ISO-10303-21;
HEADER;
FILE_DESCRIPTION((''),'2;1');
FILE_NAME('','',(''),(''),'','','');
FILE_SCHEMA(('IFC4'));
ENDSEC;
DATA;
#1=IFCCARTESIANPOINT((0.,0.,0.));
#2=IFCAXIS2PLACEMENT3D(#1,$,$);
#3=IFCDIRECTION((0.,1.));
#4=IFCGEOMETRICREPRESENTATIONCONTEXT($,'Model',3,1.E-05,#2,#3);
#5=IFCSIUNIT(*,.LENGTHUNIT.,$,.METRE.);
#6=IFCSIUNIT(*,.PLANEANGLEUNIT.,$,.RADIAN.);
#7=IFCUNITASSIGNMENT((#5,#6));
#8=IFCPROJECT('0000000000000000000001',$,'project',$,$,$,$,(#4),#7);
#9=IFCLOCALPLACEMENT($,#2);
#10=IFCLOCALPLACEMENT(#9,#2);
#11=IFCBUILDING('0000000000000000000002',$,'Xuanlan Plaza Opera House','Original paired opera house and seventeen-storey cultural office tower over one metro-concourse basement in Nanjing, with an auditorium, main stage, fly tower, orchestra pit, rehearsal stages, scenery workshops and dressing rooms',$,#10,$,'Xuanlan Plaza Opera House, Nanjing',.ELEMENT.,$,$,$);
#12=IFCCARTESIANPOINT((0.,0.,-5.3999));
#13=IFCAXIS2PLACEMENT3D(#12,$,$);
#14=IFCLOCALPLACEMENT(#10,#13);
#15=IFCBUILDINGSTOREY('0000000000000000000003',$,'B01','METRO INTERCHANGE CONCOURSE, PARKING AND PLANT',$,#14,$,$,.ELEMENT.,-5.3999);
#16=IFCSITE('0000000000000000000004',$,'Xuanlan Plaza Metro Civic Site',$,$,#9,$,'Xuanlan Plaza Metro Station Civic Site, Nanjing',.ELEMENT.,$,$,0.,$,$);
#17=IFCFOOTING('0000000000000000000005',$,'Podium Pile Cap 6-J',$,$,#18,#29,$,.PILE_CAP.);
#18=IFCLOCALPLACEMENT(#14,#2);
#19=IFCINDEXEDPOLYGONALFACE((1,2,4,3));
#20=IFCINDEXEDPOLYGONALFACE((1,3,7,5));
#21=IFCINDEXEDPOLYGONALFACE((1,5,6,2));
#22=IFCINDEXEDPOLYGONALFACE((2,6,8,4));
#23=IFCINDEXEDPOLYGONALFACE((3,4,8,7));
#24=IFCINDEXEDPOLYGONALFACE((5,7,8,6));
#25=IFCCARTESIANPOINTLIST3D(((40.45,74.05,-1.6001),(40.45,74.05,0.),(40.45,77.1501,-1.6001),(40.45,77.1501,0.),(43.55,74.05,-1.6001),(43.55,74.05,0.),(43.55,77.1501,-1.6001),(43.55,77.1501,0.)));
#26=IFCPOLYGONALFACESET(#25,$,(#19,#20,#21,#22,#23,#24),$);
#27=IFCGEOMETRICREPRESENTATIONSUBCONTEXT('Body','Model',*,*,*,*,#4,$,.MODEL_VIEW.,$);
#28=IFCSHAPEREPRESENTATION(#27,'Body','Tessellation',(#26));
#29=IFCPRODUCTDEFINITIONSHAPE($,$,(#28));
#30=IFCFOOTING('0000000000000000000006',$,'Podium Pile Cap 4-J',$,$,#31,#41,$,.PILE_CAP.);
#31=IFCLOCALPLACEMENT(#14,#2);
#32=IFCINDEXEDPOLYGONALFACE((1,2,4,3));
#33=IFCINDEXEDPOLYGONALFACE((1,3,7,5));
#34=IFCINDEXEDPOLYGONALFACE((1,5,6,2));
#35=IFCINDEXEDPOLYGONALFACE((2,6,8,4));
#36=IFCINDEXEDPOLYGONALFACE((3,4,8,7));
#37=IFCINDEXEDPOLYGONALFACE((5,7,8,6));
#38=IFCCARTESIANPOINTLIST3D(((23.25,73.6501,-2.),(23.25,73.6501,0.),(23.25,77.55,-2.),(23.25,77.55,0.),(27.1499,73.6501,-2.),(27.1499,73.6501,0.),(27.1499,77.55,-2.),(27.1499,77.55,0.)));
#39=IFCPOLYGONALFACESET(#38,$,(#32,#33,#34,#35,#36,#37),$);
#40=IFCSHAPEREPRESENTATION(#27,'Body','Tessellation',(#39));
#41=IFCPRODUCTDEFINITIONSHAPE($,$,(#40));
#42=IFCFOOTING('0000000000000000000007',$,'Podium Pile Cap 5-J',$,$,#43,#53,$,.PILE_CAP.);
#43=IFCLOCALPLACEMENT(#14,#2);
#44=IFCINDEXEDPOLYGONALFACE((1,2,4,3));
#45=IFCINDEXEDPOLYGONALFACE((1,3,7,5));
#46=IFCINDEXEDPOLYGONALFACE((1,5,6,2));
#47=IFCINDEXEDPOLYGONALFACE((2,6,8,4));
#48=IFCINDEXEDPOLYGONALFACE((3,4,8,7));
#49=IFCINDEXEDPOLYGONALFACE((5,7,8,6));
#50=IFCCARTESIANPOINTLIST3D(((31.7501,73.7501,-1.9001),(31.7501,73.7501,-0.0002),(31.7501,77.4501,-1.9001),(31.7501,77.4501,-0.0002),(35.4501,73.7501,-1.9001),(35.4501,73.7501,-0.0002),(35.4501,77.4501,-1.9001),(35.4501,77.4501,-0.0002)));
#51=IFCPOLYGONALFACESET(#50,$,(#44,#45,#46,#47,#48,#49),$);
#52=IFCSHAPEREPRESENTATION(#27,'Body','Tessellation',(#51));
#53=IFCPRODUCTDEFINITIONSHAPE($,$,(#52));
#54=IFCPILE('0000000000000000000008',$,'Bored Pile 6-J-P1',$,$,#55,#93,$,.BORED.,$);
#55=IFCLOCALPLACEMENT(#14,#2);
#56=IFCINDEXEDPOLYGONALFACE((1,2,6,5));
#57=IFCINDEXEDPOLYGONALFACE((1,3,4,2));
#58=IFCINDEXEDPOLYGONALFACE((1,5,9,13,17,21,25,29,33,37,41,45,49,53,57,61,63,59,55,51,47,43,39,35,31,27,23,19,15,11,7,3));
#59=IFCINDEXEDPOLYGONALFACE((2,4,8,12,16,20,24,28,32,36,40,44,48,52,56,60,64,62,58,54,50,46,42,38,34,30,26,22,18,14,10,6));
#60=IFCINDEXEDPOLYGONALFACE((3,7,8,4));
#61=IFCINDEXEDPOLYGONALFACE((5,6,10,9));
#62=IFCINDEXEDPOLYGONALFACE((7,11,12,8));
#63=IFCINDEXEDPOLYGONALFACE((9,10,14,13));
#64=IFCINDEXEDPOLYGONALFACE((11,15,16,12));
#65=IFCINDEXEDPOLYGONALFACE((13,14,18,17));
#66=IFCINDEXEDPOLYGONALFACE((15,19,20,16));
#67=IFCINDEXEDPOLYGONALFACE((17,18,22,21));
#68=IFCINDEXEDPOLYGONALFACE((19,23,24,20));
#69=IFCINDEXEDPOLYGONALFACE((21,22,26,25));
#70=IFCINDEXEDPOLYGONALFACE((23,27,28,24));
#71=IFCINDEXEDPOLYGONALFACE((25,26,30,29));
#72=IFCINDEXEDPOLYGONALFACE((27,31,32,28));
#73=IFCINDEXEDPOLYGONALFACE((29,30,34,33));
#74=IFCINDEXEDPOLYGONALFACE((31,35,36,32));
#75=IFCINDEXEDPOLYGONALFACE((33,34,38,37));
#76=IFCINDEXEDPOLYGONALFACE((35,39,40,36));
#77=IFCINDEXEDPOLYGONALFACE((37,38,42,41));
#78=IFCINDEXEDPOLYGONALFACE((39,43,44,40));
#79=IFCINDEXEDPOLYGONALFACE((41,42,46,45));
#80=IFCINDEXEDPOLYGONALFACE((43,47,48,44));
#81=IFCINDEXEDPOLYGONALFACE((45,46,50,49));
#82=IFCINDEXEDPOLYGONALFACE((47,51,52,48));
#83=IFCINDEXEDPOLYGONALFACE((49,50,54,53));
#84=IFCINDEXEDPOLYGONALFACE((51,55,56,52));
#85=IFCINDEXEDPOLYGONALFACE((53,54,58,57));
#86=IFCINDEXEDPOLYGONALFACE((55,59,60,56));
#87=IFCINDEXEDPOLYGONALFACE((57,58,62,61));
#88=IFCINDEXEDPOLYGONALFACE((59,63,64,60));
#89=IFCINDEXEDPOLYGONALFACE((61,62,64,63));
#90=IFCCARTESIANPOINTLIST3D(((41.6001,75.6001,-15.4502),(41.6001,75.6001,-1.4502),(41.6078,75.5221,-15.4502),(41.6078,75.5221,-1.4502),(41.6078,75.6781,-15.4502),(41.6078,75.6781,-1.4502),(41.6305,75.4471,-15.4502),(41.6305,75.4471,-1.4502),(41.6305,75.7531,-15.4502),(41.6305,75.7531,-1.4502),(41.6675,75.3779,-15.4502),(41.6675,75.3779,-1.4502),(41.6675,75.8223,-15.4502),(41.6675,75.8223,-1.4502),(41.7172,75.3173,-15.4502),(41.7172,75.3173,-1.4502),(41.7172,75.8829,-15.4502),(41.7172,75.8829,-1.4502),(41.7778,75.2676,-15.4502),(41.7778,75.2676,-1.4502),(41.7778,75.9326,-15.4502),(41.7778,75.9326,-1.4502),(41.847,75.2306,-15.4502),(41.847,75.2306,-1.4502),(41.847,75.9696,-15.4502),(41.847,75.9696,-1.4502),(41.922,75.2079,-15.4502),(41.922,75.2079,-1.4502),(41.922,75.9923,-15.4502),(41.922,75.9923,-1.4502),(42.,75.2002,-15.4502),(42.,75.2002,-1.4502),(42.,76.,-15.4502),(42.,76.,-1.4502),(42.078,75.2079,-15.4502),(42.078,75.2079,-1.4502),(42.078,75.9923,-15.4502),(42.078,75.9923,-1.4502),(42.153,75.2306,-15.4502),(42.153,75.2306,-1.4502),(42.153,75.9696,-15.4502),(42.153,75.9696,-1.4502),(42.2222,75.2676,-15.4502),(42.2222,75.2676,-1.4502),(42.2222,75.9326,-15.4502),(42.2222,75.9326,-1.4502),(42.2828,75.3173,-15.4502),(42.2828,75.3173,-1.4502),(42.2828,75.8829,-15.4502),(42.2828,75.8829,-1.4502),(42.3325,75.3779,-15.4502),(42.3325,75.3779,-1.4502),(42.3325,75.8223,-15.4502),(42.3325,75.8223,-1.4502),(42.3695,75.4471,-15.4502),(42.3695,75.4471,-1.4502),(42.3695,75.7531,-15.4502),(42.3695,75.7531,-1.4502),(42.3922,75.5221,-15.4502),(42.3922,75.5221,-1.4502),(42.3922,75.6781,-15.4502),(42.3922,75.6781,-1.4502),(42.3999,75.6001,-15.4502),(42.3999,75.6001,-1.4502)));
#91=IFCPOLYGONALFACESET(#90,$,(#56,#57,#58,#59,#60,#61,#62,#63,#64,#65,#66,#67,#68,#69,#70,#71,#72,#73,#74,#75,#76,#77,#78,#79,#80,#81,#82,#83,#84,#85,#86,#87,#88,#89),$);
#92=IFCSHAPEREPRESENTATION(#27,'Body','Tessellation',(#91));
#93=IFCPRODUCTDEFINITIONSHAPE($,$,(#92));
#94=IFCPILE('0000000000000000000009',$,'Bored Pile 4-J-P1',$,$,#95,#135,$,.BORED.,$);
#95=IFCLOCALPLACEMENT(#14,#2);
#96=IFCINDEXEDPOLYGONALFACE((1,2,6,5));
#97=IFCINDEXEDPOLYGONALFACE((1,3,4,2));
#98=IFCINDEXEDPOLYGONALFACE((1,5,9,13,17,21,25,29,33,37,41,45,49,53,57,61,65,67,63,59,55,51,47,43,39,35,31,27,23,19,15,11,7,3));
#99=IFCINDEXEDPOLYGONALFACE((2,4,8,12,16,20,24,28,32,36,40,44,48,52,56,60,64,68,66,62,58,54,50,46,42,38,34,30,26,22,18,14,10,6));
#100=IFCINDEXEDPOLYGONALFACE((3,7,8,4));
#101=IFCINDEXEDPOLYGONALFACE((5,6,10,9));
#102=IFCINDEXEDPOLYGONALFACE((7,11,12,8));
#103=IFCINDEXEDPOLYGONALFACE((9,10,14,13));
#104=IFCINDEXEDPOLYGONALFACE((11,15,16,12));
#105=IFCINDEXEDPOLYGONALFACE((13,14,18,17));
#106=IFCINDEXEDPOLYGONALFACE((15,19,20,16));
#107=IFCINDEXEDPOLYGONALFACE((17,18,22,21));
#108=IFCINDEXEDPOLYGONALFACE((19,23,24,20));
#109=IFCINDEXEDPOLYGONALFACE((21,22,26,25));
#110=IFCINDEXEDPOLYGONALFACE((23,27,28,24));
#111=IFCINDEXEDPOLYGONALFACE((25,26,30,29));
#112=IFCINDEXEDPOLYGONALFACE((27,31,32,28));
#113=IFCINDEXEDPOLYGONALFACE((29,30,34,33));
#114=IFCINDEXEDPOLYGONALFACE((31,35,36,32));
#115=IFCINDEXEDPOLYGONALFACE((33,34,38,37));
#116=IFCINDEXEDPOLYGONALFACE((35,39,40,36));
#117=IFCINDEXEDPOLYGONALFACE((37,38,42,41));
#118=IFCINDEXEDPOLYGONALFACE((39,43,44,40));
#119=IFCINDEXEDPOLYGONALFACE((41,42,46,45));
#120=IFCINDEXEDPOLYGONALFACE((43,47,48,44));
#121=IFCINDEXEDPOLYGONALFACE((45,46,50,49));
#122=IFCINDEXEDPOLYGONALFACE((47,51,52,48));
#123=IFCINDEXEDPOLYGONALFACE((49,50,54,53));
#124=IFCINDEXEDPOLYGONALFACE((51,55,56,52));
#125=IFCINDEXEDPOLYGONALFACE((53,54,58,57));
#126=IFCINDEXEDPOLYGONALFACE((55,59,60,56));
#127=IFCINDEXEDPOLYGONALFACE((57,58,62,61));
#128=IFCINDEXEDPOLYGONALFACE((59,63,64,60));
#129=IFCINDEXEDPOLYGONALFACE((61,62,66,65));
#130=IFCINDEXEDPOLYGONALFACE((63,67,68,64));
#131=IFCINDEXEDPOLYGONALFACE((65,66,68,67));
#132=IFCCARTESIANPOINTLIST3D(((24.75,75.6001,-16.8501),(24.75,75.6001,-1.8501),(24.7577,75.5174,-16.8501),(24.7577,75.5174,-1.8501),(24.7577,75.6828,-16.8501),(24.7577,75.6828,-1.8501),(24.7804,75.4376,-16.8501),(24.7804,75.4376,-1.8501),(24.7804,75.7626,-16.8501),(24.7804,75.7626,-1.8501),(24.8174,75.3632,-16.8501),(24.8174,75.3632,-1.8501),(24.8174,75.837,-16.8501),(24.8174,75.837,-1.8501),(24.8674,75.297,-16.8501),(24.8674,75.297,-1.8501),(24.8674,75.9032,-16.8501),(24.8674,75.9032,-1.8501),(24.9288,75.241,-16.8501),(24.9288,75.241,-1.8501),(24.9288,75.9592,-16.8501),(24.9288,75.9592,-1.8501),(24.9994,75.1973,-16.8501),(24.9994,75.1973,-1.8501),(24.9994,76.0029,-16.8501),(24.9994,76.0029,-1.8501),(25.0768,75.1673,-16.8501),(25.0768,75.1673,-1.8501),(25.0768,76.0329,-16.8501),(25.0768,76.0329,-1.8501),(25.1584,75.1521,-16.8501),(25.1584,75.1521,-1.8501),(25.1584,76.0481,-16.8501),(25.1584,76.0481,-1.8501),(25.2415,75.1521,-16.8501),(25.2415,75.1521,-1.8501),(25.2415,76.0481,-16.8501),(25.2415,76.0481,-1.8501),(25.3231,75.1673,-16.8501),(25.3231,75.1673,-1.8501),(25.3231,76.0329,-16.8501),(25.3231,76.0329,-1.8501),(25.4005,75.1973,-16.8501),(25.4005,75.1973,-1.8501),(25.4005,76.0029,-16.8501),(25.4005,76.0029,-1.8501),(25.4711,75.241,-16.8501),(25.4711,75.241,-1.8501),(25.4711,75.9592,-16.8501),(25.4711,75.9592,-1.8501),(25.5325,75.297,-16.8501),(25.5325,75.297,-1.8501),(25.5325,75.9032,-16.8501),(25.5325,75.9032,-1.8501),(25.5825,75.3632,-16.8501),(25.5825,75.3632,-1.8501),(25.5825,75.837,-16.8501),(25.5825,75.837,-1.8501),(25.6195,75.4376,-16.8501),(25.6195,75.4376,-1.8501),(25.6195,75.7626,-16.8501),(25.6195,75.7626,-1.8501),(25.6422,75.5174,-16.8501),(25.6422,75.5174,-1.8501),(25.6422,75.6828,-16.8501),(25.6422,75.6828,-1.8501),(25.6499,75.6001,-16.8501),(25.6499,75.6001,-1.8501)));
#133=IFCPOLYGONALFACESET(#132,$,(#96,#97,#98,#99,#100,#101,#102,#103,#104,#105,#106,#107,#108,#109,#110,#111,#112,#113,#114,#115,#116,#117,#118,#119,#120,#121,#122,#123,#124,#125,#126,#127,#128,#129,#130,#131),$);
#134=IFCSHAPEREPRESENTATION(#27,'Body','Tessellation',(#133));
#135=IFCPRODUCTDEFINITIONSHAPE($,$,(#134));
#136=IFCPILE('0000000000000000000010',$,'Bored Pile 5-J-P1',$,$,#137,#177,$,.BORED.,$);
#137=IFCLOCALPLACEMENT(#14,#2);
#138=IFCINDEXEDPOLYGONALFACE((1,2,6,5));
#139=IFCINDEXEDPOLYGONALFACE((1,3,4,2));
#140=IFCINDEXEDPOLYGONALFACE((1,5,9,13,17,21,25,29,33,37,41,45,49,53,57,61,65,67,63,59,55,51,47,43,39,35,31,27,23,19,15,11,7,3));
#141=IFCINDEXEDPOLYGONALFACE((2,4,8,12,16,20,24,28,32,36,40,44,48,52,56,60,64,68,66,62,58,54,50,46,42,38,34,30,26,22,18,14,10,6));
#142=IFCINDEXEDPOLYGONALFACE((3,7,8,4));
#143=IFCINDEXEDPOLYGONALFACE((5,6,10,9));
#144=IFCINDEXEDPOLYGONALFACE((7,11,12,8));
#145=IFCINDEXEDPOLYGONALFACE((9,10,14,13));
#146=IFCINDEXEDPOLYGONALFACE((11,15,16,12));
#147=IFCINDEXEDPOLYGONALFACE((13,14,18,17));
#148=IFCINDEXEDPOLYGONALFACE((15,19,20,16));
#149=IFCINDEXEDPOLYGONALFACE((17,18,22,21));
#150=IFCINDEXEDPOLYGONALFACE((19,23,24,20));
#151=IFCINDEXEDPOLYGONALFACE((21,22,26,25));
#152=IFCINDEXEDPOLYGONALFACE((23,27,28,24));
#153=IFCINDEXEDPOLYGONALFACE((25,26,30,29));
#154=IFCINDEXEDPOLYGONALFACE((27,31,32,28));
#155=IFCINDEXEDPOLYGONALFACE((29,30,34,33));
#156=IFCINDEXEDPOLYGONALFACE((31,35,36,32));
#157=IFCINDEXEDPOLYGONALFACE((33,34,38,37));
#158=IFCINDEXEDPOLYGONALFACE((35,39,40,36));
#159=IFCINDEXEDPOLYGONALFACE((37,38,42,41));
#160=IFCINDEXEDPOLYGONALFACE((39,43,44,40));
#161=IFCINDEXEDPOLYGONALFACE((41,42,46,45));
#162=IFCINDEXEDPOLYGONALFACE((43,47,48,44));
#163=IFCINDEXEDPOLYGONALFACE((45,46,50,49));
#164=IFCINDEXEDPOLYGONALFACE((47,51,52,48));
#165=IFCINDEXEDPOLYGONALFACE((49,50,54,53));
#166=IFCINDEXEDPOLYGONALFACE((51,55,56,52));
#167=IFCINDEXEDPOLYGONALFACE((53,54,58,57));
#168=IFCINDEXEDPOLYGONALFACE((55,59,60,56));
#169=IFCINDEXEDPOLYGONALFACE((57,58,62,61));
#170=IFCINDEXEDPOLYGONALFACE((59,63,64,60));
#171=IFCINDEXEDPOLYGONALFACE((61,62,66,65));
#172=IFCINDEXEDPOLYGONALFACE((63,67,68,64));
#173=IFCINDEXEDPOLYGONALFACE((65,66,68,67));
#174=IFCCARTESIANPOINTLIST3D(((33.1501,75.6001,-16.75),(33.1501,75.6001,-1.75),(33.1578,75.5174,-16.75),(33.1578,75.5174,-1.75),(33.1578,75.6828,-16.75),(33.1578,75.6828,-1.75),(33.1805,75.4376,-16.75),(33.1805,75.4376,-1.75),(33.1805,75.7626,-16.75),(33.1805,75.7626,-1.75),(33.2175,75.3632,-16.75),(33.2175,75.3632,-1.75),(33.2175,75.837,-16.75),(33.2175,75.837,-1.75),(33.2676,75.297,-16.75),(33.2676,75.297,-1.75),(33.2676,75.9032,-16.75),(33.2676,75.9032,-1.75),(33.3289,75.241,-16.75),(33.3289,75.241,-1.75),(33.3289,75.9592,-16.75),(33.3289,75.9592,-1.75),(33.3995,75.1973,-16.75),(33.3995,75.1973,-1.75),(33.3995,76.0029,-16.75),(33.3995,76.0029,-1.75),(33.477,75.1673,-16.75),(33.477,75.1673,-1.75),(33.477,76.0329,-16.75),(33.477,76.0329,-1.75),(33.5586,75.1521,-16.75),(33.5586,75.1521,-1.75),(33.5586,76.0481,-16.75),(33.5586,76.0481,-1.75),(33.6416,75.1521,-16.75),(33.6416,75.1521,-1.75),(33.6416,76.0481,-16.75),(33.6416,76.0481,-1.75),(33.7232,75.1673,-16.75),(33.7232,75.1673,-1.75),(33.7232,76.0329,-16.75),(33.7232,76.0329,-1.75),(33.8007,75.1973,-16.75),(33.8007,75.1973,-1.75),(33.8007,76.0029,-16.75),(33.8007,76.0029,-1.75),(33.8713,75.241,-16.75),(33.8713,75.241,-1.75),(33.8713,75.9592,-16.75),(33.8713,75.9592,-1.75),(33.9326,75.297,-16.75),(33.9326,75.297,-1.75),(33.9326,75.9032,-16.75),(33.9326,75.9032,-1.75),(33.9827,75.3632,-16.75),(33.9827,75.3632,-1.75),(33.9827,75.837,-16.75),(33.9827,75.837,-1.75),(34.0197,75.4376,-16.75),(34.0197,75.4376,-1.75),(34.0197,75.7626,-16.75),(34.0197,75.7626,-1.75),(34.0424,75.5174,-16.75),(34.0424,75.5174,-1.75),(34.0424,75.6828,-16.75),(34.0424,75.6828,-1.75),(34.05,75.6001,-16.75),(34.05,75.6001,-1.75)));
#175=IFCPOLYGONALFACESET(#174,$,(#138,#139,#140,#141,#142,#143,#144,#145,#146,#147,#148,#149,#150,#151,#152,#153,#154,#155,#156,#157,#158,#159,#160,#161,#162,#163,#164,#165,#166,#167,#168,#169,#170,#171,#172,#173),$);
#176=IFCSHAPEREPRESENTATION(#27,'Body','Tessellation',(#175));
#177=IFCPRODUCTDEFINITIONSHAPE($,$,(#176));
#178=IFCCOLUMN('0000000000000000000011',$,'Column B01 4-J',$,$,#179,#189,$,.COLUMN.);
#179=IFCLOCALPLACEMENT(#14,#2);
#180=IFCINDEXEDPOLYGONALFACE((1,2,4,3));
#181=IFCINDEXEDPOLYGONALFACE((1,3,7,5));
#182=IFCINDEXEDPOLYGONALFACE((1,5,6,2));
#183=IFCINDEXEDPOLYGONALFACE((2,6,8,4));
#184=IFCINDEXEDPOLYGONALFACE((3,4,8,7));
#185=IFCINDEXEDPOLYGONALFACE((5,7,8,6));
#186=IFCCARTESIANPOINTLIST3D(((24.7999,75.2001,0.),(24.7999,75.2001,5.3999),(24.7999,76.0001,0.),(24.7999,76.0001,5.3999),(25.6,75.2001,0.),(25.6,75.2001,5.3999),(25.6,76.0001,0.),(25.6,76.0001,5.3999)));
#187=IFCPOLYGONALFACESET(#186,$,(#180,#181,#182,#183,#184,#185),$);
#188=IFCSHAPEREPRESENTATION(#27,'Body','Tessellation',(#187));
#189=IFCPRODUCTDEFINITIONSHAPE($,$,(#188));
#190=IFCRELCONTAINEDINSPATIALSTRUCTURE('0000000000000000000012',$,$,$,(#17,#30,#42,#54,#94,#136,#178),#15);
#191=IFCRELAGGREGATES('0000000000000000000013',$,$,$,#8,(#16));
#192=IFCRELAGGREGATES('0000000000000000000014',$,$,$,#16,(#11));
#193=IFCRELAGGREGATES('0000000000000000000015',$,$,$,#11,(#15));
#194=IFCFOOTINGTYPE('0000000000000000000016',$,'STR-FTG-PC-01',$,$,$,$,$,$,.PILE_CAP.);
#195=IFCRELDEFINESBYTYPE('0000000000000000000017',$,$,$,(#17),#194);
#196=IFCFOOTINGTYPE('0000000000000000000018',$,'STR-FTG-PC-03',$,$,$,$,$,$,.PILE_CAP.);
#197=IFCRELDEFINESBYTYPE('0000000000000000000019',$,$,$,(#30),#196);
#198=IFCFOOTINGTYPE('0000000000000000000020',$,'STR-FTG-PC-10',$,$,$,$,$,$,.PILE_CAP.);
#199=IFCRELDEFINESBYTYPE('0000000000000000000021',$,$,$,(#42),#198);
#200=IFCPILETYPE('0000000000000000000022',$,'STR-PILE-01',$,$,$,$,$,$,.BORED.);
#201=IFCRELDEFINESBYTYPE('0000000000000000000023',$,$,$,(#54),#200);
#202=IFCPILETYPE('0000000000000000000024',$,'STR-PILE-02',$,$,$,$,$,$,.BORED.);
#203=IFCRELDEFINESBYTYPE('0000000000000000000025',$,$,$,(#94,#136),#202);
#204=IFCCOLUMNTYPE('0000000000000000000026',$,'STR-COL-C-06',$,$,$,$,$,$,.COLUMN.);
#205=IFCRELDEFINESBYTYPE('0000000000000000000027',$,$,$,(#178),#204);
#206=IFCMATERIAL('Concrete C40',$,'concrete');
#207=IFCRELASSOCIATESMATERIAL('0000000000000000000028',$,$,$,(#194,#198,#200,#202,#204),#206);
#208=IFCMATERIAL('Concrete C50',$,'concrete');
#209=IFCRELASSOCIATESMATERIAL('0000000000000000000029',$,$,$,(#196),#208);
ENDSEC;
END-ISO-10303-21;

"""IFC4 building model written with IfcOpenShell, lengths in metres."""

from ifc_helpers import new_model, si_unit, direction, frame, origin, origin_2d, place, context, subcontext, project, spatial, rectangle, circle, extrude, material, material_profile, profile_set, type_object, element, save


model = new_model("IFC4")

# Units and contexts
model_context = context("Model", 3, precision=1e-05, world=origin(), true_north=direction((0.0, 1.0)))
body_context = subcontext(model_context, "Body", "Model", "MODEL_VIEW")
ifc_project = project(units=[si_unit("LENGTHUNIT", "METRE"), si_unit("PLANEANGLEUNIT", "RADIAN")], contexts=[model_context])

# Site, building, storey
site_placement = place(None, origin())
site = spatial("IfcSite", under=ifc_project, at=site_placement, Name="Xuanlan Plaza Metro Civic Site", LongName="Xuanlan Plaza Metro Station Civic Site, Nanjing", CompositionType="ELEMENT", RefElevation=0.0)
building_placement = place(site_placement, origin())
building = spatial("IfcBuilding", under=site, at=building_placement, Name="Xuanlan Plaza Opera House", Description="Original paired opera house and seventeen-storey cultural office tower over one metro-concourse basement in Nanjing, with an auditorium, main stage, fly tower, orchestra pit, rehearsal stages, scenery workshops and dressing rooms", LongName="Xuanlan Plaza Opera House, Nanjing", CompositionType="ELEMENT")
storey_placement = place(building_placement, frame((0.0, 0.0, -5.3999)))
storey = spatial("IfcBuildingStorey", under=building, at=storey_placement, Name="B01", Description="METRO INTERCHANGE CONCOURSE, PARKING AND PLANT", CompositionType="ELEMENT", Elevation=-5.3999)

# Footings
ifc_material_1 = material(Name="Concrete C40", Category="concrete")
footing_type_1 = type_object("IfcFootingType", Name="STR-FTG-PC-01", PredefinedType="PILE_CAP", material=ifc_material_1)
footing_1_placement = place(storey_placement, frame((42.0, 75.6001, -1.6001), z_axis=(0.0, 0.0, 1.0), x_axis=(1.0, 0.0, 0.0)))
element("IfcFooting", 1, at=footing_1_placement, inside=storey, type_object=footing_type_1, Name="Podium Pile Cap 6-J", PredefinedType="PILE_CAP", context=body_context, shape_type="SweptSolid", body=[
    extrude(rectangle(XDim=3.1001, YDim=3.1001, at=origin_2d()), origin(), (0.0, 0.0, 1.0), 1.6001),
])
ifc_material_2 = material(Name="Concrete C50", Category="concrete")
footing_type_2 = type_object("IfcFootingType", Name="STR-FTG-PC-03", PredefinedType="PILE_CAP", material=ifc_material_2)
footing_2_placement = place(storey_placement, frame((25.2, 75.6001, -2.0), z_axis=(0.0, 0.0, 1.0), x_axis=(1.0, 0.0, 0.0)))
element("IfcFooting", 2, at=footing_2_placement, inside=storey, type_object=footing_type_2, Name="Podium Pile Cap 4-J", PredefinedType="PILE_CAP", context=body_context, shape_type="SweptSolid", body=[
    extrude(rectangle(XDim=3.8999, YDim=3.8999, at=origin_2d()), origin(), (0.0, 0.0, 1.0), 2.0),
])
footing_type_3 = type_object("IfcFootingType", Name="STR-FTG-PC-10", PredefinedType="PILE_CAP", material=ifc_material_1)
footing_3_placement = place(storey_placement, frame((33.6001, 75.6001, -1.9001), z_axis=(0.0, 0.0, 1.0), x_axis=(1.0, 0.0, 0.0)))
element("IfcFooting", 3, at=footing_3_placement, inside=storey, type_object=footing_type_3, Name="Podium Pile Cap 5-J", PredefinedType="PILE_CAP", context=body_context, shape_type="SweptSolid", body=[
    extrude(rectangle(XDim=3.7, YDim=3.7, at=origin_2d()), origin(), (0.0, 0.0, 1.0), 1.8999),
])

# Piles
ifc_material_profile_1 = material_profile(ifc_material_1, circle(Radius=0.3999, at=origin_2d()), Name="PILE D800")
ifc_profile_set_1 = profile_set([ifc_material_profile_1], Name="Concrete C40")
pile_type_1 = type_object("IfcPileType", Name="STR-PILE-01", PredefinedType="BORED", material=ifc_profile_set_1)
pile_placement = place(storey_placement, frame((42.0, 75.6001, -1.4502), z_axis=(0.0, 0.0, -1.0), x_axis=(1.0, 0.0, 0.0)))
element("IfcPile", 4, at=pile_placement, inside=storey, type_object=pile_type_1, Name="Bored Pile 6-J-P1", PredefinedType="BORED", context=body_context, shape_type="SweptSolid", body=[
    extrude(circle(Radius=0.3999, at=origin_2d()), origin(), (0.0, 0.0, 1.0), 14.0),
])
ifc_material_profile_2 = material_profile(ifc_material_1, circle(Radius=0.45, at=origin_2d()), Name="PILE D900")
ifc_profile_set_2 = profile_set([ifc_material_profile_2], Name="Concrete C40")
pile_type_2 = type_object("IfcPileType", Name="STR-PILE-02", PredefinedType="BORED", material=ifc_profile_set_2)
for number, where, z_axis, x_axis, name in (
    (5, (25.2, 75.6001, -1.8501), (0.0, 0.0, -1.0), (1.0, 0.0, 0.0), "Bored Pile 4-J-P1"),
    (6, (33.6001, 75.6001, -1.75), (0.0, 0.0, -1.0), (1.0, 0.0, 0.0), "Bored Pile 5-J-P1"),
):
    element("IfcPile", number, at=place(storey_placement, frame(where, z_axis=z_axis, x_axis=x_axis)), inside=storey, type_object=pile_type_2, Name=name, PredefinedType="BORED", context=body_context, shape_type="SweptSolid", body=[
        extrude(circle(Radius=0.45, at=origin_2d()), origin(), (0.0, 0.0, 1.0), 15.0),
    ])

# Column
ifc_material_profile_3 = material_profile(ifc_material_1, rectangle(XDim=0.8, YDim=0.8, at=origin_2d()), Name="RC-COL 800x800")
ifc_profile_set_3 = profile_set([ifc_material_profile_3], Name="Concrete C40")
column_type_1 = type_object("IfcColumnType", Name="STR-COL-C-06", PredefinedType="COLUMN", material=ifc_profile_set_3)
column_1_placement = place(storey_placement, frame((25.2, 75.6001, 0.0), z_axis=(0.0, 0.0, 1.0), x_axis=(1.0, 0.0, 0.0)))
element("IfcColumn", 7, at=column_1_placement, inside=storey, type_object=column_type_1, Name="Column B01 4-J", PredefinedType="COLUMN", context=body_context, shape_type="SweptSolid", body=[
    extrude(rectangle(XDim=0.8, YDim=0.8, at=origin_2d()), origin(), (0.0, 0.0, 1.0), 5.3999),
])

save(model, "model.ifc")
